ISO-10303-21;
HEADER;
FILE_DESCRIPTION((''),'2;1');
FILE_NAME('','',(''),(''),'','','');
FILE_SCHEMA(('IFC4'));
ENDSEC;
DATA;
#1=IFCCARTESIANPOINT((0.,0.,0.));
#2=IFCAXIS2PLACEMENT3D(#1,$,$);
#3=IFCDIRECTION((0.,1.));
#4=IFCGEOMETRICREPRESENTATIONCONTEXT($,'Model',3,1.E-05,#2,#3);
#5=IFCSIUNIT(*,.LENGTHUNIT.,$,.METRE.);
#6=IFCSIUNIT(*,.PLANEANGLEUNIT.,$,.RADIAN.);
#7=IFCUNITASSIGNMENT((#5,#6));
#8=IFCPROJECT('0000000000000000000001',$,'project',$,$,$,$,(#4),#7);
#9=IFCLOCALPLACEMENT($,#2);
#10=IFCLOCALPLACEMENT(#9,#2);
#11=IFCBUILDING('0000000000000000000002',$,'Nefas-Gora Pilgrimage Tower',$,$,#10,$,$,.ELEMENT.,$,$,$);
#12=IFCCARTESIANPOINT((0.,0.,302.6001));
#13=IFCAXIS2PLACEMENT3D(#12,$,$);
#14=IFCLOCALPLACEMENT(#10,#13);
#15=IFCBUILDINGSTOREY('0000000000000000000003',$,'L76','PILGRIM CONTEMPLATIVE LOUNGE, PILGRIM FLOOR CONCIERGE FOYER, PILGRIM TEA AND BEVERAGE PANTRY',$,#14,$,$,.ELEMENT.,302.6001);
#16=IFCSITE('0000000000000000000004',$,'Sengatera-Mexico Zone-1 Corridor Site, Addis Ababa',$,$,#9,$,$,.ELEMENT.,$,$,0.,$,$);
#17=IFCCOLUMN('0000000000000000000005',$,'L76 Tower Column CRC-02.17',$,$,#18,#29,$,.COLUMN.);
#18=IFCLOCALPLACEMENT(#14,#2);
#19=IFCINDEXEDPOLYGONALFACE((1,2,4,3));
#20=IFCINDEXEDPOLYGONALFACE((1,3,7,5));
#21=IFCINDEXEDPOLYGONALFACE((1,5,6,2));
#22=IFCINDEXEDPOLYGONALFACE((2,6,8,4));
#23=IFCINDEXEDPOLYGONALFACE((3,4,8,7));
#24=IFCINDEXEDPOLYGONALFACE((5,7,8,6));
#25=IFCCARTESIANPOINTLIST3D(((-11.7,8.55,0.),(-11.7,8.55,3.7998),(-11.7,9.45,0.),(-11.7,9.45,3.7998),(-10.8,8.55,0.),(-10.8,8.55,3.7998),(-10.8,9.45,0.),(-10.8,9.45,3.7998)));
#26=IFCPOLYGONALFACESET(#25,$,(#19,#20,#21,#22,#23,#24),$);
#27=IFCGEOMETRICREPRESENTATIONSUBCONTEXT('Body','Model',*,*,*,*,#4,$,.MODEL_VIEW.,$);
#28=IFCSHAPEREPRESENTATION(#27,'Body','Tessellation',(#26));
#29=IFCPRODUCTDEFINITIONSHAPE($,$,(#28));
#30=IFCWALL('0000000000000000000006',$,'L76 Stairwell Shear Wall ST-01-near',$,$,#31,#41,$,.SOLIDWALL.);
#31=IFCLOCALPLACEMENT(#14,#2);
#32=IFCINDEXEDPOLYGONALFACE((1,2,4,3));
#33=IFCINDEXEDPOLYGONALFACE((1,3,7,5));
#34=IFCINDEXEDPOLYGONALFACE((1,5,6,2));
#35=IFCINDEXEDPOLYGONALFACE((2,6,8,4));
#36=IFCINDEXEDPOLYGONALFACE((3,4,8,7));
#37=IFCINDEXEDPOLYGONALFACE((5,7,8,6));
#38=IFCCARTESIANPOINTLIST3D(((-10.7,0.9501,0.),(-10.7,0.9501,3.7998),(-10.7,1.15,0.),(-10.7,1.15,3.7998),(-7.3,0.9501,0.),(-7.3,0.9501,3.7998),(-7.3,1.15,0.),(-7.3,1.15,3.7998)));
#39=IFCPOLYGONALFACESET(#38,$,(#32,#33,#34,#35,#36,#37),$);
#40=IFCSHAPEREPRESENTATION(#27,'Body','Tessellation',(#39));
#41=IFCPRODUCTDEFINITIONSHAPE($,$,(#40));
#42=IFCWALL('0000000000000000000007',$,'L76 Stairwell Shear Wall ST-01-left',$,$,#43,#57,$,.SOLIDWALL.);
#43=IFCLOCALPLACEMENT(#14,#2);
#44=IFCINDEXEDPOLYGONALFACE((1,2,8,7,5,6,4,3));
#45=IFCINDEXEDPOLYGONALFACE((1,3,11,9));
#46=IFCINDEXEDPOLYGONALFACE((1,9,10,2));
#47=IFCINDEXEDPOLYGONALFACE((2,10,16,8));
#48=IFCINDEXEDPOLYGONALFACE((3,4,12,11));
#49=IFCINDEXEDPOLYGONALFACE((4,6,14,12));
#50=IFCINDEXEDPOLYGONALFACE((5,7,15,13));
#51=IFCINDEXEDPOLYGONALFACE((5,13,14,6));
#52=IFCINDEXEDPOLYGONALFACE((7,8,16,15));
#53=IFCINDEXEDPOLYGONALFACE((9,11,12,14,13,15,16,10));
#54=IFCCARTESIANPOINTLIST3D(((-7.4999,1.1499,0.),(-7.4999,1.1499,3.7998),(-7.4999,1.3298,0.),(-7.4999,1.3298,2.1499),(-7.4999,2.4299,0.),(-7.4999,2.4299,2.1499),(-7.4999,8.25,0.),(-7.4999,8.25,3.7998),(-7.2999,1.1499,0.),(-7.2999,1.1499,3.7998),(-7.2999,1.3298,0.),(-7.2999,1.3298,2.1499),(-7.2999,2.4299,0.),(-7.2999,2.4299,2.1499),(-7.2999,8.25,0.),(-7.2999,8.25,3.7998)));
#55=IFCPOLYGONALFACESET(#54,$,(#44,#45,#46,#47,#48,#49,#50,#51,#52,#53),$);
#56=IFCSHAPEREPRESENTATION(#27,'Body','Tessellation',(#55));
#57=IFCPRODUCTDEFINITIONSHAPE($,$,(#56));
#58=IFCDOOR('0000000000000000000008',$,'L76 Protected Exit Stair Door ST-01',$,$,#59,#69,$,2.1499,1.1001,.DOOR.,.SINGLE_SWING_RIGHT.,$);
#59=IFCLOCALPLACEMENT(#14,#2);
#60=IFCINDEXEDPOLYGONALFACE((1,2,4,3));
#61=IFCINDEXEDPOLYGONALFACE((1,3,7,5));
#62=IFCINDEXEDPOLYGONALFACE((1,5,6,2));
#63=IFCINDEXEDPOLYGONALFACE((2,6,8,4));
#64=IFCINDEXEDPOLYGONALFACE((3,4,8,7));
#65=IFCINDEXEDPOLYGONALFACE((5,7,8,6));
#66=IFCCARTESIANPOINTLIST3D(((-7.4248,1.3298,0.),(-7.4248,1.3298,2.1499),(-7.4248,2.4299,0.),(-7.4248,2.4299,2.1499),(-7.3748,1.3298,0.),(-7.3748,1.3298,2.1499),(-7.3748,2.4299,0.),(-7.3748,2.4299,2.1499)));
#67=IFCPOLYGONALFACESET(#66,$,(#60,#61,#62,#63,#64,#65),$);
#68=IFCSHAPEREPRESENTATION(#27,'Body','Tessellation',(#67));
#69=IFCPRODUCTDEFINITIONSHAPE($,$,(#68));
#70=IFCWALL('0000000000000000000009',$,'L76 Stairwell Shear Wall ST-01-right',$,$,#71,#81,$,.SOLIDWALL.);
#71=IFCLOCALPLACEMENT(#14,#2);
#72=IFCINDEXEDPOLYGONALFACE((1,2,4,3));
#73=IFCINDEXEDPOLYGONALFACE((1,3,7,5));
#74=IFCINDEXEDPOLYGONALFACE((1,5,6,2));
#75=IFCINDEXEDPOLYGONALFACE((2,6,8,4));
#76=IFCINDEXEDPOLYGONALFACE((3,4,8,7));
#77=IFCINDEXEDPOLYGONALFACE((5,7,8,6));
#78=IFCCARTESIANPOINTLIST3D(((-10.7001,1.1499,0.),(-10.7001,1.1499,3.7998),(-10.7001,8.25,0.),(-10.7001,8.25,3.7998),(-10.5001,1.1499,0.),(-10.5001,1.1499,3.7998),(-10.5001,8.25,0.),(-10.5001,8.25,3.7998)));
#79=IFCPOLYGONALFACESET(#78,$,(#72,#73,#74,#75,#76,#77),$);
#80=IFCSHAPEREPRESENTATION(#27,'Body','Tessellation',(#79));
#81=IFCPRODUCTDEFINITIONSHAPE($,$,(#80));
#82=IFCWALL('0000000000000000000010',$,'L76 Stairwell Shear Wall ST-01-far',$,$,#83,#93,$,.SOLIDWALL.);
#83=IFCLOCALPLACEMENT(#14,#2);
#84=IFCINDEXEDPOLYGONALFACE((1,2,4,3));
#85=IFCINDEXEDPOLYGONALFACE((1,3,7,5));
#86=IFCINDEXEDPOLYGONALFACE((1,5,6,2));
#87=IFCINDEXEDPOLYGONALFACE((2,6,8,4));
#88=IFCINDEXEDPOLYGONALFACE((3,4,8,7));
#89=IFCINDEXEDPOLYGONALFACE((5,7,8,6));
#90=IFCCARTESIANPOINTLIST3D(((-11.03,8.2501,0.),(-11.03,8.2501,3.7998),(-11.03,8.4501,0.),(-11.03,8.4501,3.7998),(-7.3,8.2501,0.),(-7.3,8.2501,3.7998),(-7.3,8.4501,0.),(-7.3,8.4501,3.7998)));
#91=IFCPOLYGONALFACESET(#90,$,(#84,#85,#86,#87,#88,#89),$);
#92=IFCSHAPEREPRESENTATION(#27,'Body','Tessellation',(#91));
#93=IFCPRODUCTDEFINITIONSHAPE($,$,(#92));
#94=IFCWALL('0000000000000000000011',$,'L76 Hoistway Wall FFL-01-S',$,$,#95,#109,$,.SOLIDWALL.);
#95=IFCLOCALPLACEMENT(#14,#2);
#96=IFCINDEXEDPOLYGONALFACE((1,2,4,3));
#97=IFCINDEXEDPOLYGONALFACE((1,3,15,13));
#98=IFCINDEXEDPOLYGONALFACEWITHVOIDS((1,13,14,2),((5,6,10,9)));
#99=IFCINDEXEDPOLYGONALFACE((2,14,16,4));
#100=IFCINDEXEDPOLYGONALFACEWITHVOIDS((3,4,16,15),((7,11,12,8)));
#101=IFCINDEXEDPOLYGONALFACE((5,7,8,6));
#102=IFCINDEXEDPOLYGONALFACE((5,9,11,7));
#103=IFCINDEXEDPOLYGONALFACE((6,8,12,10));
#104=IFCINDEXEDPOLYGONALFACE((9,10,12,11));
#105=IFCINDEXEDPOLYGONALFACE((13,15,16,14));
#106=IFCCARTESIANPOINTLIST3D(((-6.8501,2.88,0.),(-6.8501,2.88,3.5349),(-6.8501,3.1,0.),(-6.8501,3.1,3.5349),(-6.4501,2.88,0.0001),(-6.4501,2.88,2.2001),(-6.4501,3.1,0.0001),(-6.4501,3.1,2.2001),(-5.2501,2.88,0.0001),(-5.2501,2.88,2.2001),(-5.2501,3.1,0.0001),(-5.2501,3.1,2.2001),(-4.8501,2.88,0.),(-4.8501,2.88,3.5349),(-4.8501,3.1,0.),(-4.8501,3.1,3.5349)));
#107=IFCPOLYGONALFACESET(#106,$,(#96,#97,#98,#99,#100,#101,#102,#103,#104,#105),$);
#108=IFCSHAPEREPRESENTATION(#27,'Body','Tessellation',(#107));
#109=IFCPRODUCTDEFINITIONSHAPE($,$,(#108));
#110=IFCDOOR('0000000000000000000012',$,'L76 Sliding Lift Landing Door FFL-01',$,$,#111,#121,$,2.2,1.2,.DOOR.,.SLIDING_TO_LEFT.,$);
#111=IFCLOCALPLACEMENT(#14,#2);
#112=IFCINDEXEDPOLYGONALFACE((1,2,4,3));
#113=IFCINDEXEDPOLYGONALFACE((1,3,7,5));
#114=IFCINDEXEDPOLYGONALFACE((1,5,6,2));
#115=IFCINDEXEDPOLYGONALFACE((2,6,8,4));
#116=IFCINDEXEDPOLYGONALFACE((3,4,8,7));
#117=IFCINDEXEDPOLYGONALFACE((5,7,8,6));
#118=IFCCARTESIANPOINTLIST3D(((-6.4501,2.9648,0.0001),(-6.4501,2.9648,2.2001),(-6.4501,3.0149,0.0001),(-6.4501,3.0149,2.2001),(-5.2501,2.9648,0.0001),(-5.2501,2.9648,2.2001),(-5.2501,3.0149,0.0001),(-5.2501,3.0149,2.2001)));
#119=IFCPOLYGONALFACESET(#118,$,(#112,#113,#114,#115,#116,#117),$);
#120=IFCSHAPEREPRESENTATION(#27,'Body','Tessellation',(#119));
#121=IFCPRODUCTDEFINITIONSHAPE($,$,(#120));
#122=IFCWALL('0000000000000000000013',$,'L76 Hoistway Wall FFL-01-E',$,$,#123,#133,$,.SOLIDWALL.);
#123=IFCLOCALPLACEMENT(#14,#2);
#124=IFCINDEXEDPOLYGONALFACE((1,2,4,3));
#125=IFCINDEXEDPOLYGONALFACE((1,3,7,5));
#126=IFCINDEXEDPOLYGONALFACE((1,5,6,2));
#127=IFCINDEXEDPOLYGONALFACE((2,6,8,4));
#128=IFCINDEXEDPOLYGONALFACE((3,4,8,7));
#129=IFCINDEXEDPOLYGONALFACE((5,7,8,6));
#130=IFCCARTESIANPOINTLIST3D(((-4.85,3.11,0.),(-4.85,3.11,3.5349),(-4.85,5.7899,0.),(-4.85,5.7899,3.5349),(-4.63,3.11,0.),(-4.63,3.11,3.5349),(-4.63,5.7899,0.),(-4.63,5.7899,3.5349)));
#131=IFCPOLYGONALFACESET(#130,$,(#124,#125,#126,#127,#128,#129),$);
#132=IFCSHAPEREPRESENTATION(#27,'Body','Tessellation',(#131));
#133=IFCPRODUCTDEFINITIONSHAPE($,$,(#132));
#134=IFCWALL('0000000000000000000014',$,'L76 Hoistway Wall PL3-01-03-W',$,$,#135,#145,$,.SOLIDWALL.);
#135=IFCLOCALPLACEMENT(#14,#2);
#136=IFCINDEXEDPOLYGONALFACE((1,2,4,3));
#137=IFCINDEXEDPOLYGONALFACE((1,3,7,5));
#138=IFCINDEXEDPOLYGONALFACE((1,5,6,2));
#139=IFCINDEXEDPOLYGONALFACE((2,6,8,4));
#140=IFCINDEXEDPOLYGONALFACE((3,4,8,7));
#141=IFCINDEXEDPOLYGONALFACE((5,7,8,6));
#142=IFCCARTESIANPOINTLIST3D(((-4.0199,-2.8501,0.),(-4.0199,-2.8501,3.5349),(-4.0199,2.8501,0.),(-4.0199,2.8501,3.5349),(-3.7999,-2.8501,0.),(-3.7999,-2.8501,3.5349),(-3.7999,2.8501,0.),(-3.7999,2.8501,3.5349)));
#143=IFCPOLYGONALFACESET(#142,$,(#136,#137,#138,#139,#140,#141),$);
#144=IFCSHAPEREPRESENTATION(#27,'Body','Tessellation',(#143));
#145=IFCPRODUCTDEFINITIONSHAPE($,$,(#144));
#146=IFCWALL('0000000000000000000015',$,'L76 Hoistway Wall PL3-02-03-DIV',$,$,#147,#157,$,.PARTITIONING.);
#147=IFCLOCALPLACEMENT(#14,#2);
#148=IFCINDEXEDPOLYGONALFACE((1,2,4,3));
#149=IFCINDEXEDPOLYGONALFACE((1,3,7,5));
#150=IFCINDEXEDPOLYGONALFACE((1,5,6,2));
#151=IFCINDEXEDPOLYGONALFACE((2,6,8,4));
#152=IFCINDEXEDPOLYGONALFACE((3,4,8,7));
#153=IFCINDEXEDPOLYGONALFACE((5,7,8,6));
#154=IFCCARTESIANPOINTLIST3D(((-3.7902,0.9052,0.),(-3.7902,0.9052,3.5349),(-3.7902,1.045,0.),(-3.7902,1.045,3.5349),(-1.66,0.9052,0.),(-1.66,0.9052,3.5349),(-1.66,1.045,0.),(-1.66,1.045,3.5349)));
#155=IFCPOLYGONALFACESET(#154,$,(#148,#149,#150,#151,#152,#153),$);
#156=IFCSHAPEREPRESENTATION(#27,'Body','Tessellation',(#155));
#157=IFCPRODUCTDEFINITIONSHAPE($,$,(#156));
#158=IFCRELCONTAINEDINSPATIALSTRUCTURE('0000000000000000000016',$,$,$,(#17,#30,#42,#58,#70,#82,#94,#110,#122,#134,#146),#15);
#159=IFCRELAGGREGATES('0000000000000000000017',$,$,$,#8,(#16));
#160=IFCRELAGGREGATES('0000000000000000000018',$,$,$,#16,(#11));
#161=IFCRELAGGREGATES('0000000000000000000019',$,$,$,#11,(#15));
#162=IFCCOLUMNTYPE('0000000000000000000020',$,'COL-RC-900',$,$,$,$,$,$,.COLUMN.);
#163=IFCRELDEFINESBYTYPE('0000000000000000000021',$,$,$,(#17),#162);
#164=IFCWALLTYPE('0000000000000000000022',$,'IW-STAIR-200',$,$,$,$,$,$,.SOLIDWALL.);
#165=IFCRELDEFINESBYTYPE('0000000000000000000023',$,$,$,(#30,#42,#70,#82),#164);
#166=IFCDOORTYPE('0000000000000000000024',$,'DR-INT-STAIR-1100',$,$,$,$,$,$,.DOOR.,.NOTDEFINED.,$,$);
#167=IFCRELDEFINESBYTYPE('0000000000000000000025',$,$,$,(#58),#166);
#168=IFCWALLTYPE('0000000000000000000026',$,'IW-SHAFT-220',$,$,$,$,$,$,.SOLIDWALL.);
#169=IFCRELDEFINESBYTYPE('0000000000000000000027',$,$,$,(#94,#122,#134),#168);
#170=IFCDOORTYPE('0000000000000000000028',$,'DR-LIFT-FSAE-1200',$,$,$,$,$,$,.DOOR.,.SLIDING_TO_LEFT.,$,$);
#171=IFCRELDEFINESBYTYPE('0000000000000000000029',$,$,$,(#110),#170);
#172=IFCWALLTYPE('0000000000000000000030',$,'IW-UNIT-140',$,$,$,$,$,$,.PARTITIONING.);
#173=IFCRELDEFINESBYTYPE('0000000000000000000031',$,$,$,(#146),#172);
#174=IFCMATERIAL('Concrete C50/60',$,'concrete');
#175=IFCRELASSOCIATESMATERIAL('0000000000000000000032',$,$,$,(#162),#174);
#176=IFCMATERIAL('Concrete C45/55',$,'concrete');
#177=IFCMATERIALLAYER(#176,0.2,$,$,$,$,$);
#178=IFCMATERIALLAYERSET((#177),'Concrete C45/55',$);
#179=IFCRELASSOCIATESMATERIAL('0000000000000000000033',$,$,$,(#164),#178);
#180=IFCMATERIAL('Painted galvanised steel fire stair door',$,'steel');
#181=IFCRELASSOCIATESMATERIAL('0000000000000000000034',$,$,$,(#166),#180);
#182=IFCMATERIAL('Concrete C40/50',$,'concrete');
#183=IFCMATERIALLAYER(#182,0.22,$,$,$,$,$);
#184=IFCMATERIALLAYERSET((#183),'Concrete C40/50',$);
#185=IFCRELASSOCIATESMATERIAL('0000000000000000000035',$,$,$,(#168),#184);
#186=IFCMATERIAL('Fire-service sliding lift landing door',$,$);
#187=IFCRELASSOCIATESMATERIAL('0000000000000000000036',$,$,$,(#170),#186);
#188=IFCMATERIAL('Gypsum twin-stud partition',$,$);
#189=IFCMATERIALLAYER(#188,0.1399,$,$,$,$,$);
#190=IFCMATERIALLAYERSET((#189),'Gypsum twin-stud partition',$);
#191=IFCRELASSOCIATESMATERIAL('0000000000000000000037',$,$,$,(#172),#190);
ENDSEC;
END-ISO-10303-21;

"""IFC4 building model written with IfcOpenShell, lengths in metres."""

from ifc_helpers import new_model, si_unit, direction, frame, frame_2d, origin, origin_2d, place, context, subcontext, project, spatial, rectangle, extrude, source, transform, mapped, material, layer, layer_set, material_profile, profile_set, type_object, element, fill, save


model = new_model("IFC4")

# Units and contexts
model_context = context("Model", 3, precision=1e-05, world=origin(), true_north=direction((0.0, 1.0)))
body_context = subcontext(model_context, "Body", "Model", "MODEL_VIEW")
ifc_project = project(units=[si_unit("LENGTHUNIT", "METRE"), si_unit("PLANEANGLEUNIT", "RADIAN")], contexts=[model_context])

# Site, building, storey
site_placement = place(None, origin())
site = spatial("IfcSite", under=ifc_project, at=site_placement, Name="Sengatera-Mexico Zone-1 Corridor Site, Addis Ababa", CompositionType="ELEMENT", RefElevation=0.0)
building_placement = place(site_placement, origin())
building = spatial("IfcBuilding", under=site, at=building_placement, Name="Nefas-Gora Pilgrimage Tower", CompositionType="ELEMENT")
storey_placement = place(building_placement, frame((0.0, 0.0, 302.6001)))
storey = spatial("IfcBuildingStorey", under=building, at=storey_placement, Name="L76", Description="PILGRIM CONTEMPLATIVE LOUNGE, PILGRIM FLOOR CONCIERGE FOYER, PILGRIM TEA AND BEVERAGE PANTRY", CompositionType="ELEMENT", Elevation=302.6001)

# Column
ifc_material_1 = material(Name="Concrete C50/60", Category="concrete")
ifc_material_profile = material_profile(ifc_material_1, rectangle(XDim=0.8999, YDim=0.8999, at=origin_2d()), Name="RC 900x900")
ifc_profile_set = profile_set([ifc_material_profile], Name="Concrete C50/60")
column_type = type_object("IfcColumnType", Name="COL-RC-900", PredefinedType="COLUMN", material=ifc_profile_set)
shared_shape_1 = source(origin(), body_context, "Body", "SweptSolid", [
    extrude(rectangle(XDim=0.8999, YDim=0.8999, at=origin_2d()), origin(), (0.0, 0.0, 1.0), 3.7998),
])
column_placement = place(storey_placement, frame((-11.25, 9.0, 0.0), z_axis=(0.0, 0.0, 1.0), x_axis=(1.0, 0.0, 0.0)))
element("IfcColumn", 1, at=column_placement, inside=storey, type_object=column_type, Name="L76 Tower Column CRC-02.17", PredefinedType="COLUMN", context=body_context, shape_type="MappedRepresentation", body=[
    mapped(shared_shape_1, transform((0.0, 0.0, 0.0), x_axis=(1.0, 0.0, 0.0), y_axis=(0.0, 1.0, 0.0), z_axis=(0.0, 0.0, 1.0), scale=1.0)),
])

# Wall
ifc_material_2 = material(Name="Concrete C45/55", Category="concrete")
ifc_layer_1 = layer(ifc_material_2, 0.2)
ifc_layer_set_1 = layer_set([ifc_layer_1], Name="Concrete C45/55")
wall_type_1 = type_object("IfcWallType", Name="IW-STAIR-200", PredefinedType="SOLIDWALL", material=ifc_layer_set_1)
shared_shape_2 = source(origin(), body_context, "Body", "SweptSolid", [
    extrude(rectangle(XDim=3.3999, YDim=0.2, at=frame_2d((1.7, 0.0))), origin(), (0.0, 0.0, 1.0), 3.7998),
])
wall_1_placement = place(storey_placement, frame((-7.3, 1.05, 0.0), z_axis=(0.0, 0.0, 1.0), x_axis=(-1.0, 0.0, 0.0)))
element("IfcWall", 2, at=wall_1_placement, inside=storey, type_object=wall_type_1, Name="L76 Stairwell Shear Wall ST-01-near", PredefinedType="SOLIDWALL", context=body_context, shape_type="MappedRepresentation", body=[
    mapped(shared_shape_2, transform((0.0, 0.0, 0.0), x_axis=(1.0, 0.0, 0.0), y_axis=(0.0, 1.0, 0.0), z_axis=(0.0, 0.0, 1.0), scale=1.0)),
])

# Wall, opening, door
shared_shape_3 = source(origin(), body_context, "Body", "SweptSolid", [
    extrude(rectangle(XDim=7.1001, YDim=0.2, at=frame_2d((3.55, 0.0))), origin(), (0.0, 0.0, 1.0), 3.7998),
])
wall_2_placement = place(storey_placement, frame((-7.3999, 1.1499, 0.0), z_axis=(0.0, 0.0, 1.0), x_axis=(0.0, 1.0, 0.0)))
wall_2 = element("IfcWall", 3, at=wall_2_placement, inside=storey, type_object=wall_type_1, Name="L76 Stairwell Shear Wall ST-01-left", PredefinedType="SOLIDWALL", context=body_context, shape_type="MappedRepresentation", body=[
    mapped(shared_shape_3, transform((0.0, 0.0, 0.0), x_axis=(1.0, 0.0, 0.0), y_axis=(0.0, 1.0, 0.0), z_axis=(0.0, 0.0, 1.0), scale=1.0)),
])
opening_1_placement = place(wall_2_placement, frame((0.1799, 0.0, 0.0)))
opening_1 = element("IfcOpeningElement", 4, at=opening_1_placement, cuts=wall_2, PredefinedType="OPENING", context=body_context, shape_type="SweptSolid", body=[
    extrude(rectangle(XDim=1.1001, YDim=2.1499, at=frame_2d((0.55, 1.075))), frame((0.0, 0.1099, 0.0), z_axis=(0.0, -1.0, 0.0), x_axis=(1.0, 0.0, 0.0)), (0.0, 0.0, 1.0), 0.22),
])
ifc_material_3 = material(Name="Painted galvanised steel fire stair door", Category="steel")
door_type_1 = type_object("IfcDoorType", Name="DR-INT-STAIR-1100", OperationType="NOTDEFINED", PredefinedType="DOOR", material=ifc_material_3)
shared_shape_4 = source(origin(), body_context, "Body", "SweptSolid", [
    extrude(rectangle(XDim=1.1001, YDim=2.1499, at=frame_2d((0.55, 1.075))), frame((0.0, 0.0249, 0.0), z_axis=(0.0, -1.0, 0.0), x_axis=(1.0, 0.0, 0.0)), (0.0, 0.0, 1.0), 0.05),
])
door_1_placement = place(opening_1_placement, origin())
door_1 = element("IfcDoor", 5, at=door_1_placement, inside=storey, type_object=door_type_1, Name="L76 Protected Exit Stair Door ST-01", OperationType="SINGLE_SWING_RIGHT", OverallHeight=2.1499, OverallWidth=1.1001, PredefinedType="DOOR", context=body_context, shape_type="MappedRepresentation", body=[
    mapped(shared_shape_4, transform((0.0, 0.0, 0.0), x_axis=(1.0, 0.0, 0.0), y_axis=(0.0, 1.0, 0.0), z_axis=(0.0, 0.0, 1.0), scale=1.0)),
])
fill(opening_1, door_1)

# Walls
wall_3_placement = place(storey_placement, frame((-10.6001, 1.1499, 0.0), z_axis=(0.0, 0.0, 1.0), x_axis=(0.0, 1.0, 0.0)))
element("IfcWall", 6, at=wall_3_placement, inside=storey, type_object=wall_type_1, Name="L76 Stairwell Shear Wall ST-01-right", PredefinedType="SOLIDWALL", context=body_context, shape_type="MappedRepresentation", body=[
    mapped(shared_shape_3, transform((0.0, 0.0, 0.0), x_axis=(1.0, 0.0, 0.0), y_axis=(0.0, 1.0, 0.0), z_axis=(0.0, 0.0, 1.0), scale=1.0)),
])
shared_shape_5 = source(origin(), body_context, "Body", "SweptSolid", [
    extrude(rectangle(XDim=3.73, YDim=0.2, at=frame_2d((1.865, 0.0))), origin(), (0.0, 0.0, 1.0), 3.7998),
])
wall_4_placement = place(storey_placement, frame((-7.3, 8.3501, 0.0), z_axis=(0.0, 0.0, 1.0), x_axis=(-1.0, 0.0, 0.0)))
element("IfcWall", 7, at=wall_4_placement, inside=storey, type_object=wall_type_1, Name="L76 Stairwell Shear Wall ST-01-far", PredefinedType="SOLIDWALL", context=body_context, shape_type="MappedRepresentation", body=[
    mapped(shared_shape_5, transform((0.0, 0.0, 0.0), x_axis=(1.0, 0.0, 0.0), y_axis=(0.0, 1.0, 0.0), z_axis=(0.0, 0.0, 1.0), scale=1.0)),
])

# Wall, opening, door
ifc_material_4 = material(Name="Concrete C40/50", Category="concrete")
ifc_layer_2 = layer(ifc_material_4, 0.22)
ifc_layer_set_2 = layer_set([ifc_layer_2], Name="Concrete C40/50")
wall_type_2 = type_object("IfcWallType", Name="IW-SHAFT-220", PredefinedType="SOLIDWALL", material=ifc_layer_set_2)
shared_shape_6 = source(origin(), body_context, "Body", "SweptSolid", [
    extrude(rectangle(XDim=2.0, YDim=0.22, at=frame_2d((1.0, 0.0))), origin(), (0.0, 0.0, 1.0), 3.5349),
])
wall_5_placement = place(storey_placement, frame((-6.8501, 2.99, 0.0), z_axis=(0.0, 0.0, 1.0), x_axis=(1.0, 0.0, 0.0)))
wall_5 = element("IfcWall", 8, at=wall_5_placement, inside=storey, type_object=wall_type_2, Name="L76 Hoistway Wall FFL-01-S", PredefinedType="SOLIDWALL", context=body_context, shape_type="MappedRepresentation", body=[
    mapped(shared_shape_6, transform((0.0, 0.0, 0.0), x_axis=(1.0, 0.0, 0.0), y_axis=(0.0, 1.0, 0.0), z_axis=(0.0, 0.0, 1.0), scale=1.0)),
])
opening_2_placement = place(wall_5_placement, frame((0.3999, 0.0, 0.0)))
opening_2 = element("IfcOpeningElement", 9, at=opening_2_placement, cuts=wall_5, PredefinedType="OPENING", context=body_context, shape_type="SweptSolid", body=[
    extrude(rectangle(XDim=1.2, YDim=2.2, at=frame_2d((0.6001, 1.1001))), frame((0.0, 0.1199, 0.0), z_axis=(0.0, -1.0, 0.0), x_axis=(1.0, 0.0, 0.0)), (0.0, 0.0, 1.0), 0.24),
])
ifc_material_5 = material(Name="Fire-service sliding lift landing door")
door_type_2 = type_object("IfcDoorType", Name="DR-LIFT-FSAE-1200", OperationType="SLIDING_TO_LEFT", PredefinedType="DOOR", material=ifc_material_5)
shared_shape_7 = source(origin(), body_context, "Body", "SweptSolid", [
    extrude(rectangle(XDim=1.2, YDim=2.2, at=frame_2d((0.6001, 1.1001))), frame((0.0, 0.0249, 0.0), z_axis=(0.0, -1.0, 0.0), x_axis=(1.0, 0.0, 0.0)), (0.0, 0.0, 1.0), 0.05),
])
door_2_placement = place(opening_2_placement, origin())
door_2 = element("IfcDoor", 10, at=door_2_placement, inside=storey, type_object=door_type_2, Name="L76 Sliding Lift Landing Door FFL-01", OperationType="SLIDING_TO_LEFT", OverallHeight=2.2, OverallWidth=1.2, PredefinedType="DOOR", context=body_context, shape_type="MappedRepresentation", body=[
    mapped(shared_shape_7, transform((0.0, 0.0, 0.0), x_axis=(1.0, 0.0, 0.0), y_axis=(0.0, 1.0, 0.0), z_axis=(0.0, 0.0, 1.0), scale=1.0)),
])
fill(opening_2, door_2)

# Walls
shared_shape_8 = source(origin(), body_context, "Body", "SweptSolid", [
    extrude(rectangle(XDim=2.6799, YDim=0.22, at=frame_2d((1.3398, 0.0))), origin(), (0.0, 0.0, 1.0), 3.5349),
])
wall_6_placement = place(storey_placement, frame((-4.74, 3.1101, 0.0), z_axis=(0.0, 0.0, 1.0), x_axis=(0.0, 1.0, 0.0)))
element("IfcWall", 11, at=wall_6_placement, inside=storey, type_object=wall_type_2, Name="L76 Hoistway Wall FFL-01-E", PredefinedType="SOLIDWALL", context=body_context, shape_type="MappedRepresentation", body=[
    mapped(shared_shape_8, transform((0.0, 0.0, 0.0), x_axis=(1.0, 0.0, 0.0), y_axis=(0.0, 1.0, 0.0), z_axis=(0.0, 0.0, 1.0), scale=1.0)),
])
shared_shape_9 = source(origin(), body_context, "Body", "SweptSolid", [
    extrude(rectangle(XDim=5.7002, YDim=0.22, at=frame_2d((2.8501, 0.0))), origin(), (0.0, 0.0, 1.0), 3.5349),
])
wall_7_placement = place(storey_placement, frame((-3.9099, 2.8501, 0.0), z_axis=(0.0, 0.0, 1.0), x_axis=(0.0, -1.0, 0.0)))
element("IfcWall", 12, at=wall_7_placement, inside=storey, type_object=wall_type_2, Name="L76 Hoistway Wall PL3-01-03-W", PredefinedType="SOLIDWALL", context=body_context, shape_type="MappedRepresentation", body=[
    mapped(shared_shape_9, transform((0.0, 0.0, 0.0), x_axis=(1.0, 0.0, 0.0), y_axis=(0.0, 1.0, 0.0), z_axis=(0.0, 0.0, 1.0), scale=1.0)),
])
ifc_material_6 = material(Name="Gypsum twin-stud partition")
ifc_layer_3 = layer(ifc_material_6, 0.1399)
ifc_layer_set_3 = layer_set([ifc_layer_3], Name="Gypsum twin-stud partition")
wall_type_3 = type_object("IfcWallType", Name="IW-UNIT-140", PredefinedType="PARTITIONING", material=ifc_layer_set_3)
shared_shape_10 = source(origin(), body_context, "Body", "SweptSolid", [
    extrude(rectangle(XDim=2.1301, YDim=0.1399, at=frame_2d((1.0649, 0.0))), origin(), (0.0, 0.0, 1.0), 3.5349),
])
wall_8_placement = place(storey_placement, frame((-3.79, 0.9751, 0.0), z_axis=(0.0, 0.0, 1.0), x_axis=(1.0, 0.0, 0.0)))
element("IfcWall", 13, at=wall_8_placement, inside=storey, type_object=wall_type_3, Name="L76 Hoistway Wall PL3-02-03-DIV", PredefinedType="PARTITIONING", context=body_context, shape_type="MappedRepresentation", body=[
    mapped(shared_shape_10, transform((0.0, 0.0, 0.0), x_axis=(1.0, 0.0, 0.0), y_axis=(0.0, 1.0, 0.0), z_axis=(0.0, 0.0, 1.0), scale=1.0)),
])

save(model, "model.ifc")
